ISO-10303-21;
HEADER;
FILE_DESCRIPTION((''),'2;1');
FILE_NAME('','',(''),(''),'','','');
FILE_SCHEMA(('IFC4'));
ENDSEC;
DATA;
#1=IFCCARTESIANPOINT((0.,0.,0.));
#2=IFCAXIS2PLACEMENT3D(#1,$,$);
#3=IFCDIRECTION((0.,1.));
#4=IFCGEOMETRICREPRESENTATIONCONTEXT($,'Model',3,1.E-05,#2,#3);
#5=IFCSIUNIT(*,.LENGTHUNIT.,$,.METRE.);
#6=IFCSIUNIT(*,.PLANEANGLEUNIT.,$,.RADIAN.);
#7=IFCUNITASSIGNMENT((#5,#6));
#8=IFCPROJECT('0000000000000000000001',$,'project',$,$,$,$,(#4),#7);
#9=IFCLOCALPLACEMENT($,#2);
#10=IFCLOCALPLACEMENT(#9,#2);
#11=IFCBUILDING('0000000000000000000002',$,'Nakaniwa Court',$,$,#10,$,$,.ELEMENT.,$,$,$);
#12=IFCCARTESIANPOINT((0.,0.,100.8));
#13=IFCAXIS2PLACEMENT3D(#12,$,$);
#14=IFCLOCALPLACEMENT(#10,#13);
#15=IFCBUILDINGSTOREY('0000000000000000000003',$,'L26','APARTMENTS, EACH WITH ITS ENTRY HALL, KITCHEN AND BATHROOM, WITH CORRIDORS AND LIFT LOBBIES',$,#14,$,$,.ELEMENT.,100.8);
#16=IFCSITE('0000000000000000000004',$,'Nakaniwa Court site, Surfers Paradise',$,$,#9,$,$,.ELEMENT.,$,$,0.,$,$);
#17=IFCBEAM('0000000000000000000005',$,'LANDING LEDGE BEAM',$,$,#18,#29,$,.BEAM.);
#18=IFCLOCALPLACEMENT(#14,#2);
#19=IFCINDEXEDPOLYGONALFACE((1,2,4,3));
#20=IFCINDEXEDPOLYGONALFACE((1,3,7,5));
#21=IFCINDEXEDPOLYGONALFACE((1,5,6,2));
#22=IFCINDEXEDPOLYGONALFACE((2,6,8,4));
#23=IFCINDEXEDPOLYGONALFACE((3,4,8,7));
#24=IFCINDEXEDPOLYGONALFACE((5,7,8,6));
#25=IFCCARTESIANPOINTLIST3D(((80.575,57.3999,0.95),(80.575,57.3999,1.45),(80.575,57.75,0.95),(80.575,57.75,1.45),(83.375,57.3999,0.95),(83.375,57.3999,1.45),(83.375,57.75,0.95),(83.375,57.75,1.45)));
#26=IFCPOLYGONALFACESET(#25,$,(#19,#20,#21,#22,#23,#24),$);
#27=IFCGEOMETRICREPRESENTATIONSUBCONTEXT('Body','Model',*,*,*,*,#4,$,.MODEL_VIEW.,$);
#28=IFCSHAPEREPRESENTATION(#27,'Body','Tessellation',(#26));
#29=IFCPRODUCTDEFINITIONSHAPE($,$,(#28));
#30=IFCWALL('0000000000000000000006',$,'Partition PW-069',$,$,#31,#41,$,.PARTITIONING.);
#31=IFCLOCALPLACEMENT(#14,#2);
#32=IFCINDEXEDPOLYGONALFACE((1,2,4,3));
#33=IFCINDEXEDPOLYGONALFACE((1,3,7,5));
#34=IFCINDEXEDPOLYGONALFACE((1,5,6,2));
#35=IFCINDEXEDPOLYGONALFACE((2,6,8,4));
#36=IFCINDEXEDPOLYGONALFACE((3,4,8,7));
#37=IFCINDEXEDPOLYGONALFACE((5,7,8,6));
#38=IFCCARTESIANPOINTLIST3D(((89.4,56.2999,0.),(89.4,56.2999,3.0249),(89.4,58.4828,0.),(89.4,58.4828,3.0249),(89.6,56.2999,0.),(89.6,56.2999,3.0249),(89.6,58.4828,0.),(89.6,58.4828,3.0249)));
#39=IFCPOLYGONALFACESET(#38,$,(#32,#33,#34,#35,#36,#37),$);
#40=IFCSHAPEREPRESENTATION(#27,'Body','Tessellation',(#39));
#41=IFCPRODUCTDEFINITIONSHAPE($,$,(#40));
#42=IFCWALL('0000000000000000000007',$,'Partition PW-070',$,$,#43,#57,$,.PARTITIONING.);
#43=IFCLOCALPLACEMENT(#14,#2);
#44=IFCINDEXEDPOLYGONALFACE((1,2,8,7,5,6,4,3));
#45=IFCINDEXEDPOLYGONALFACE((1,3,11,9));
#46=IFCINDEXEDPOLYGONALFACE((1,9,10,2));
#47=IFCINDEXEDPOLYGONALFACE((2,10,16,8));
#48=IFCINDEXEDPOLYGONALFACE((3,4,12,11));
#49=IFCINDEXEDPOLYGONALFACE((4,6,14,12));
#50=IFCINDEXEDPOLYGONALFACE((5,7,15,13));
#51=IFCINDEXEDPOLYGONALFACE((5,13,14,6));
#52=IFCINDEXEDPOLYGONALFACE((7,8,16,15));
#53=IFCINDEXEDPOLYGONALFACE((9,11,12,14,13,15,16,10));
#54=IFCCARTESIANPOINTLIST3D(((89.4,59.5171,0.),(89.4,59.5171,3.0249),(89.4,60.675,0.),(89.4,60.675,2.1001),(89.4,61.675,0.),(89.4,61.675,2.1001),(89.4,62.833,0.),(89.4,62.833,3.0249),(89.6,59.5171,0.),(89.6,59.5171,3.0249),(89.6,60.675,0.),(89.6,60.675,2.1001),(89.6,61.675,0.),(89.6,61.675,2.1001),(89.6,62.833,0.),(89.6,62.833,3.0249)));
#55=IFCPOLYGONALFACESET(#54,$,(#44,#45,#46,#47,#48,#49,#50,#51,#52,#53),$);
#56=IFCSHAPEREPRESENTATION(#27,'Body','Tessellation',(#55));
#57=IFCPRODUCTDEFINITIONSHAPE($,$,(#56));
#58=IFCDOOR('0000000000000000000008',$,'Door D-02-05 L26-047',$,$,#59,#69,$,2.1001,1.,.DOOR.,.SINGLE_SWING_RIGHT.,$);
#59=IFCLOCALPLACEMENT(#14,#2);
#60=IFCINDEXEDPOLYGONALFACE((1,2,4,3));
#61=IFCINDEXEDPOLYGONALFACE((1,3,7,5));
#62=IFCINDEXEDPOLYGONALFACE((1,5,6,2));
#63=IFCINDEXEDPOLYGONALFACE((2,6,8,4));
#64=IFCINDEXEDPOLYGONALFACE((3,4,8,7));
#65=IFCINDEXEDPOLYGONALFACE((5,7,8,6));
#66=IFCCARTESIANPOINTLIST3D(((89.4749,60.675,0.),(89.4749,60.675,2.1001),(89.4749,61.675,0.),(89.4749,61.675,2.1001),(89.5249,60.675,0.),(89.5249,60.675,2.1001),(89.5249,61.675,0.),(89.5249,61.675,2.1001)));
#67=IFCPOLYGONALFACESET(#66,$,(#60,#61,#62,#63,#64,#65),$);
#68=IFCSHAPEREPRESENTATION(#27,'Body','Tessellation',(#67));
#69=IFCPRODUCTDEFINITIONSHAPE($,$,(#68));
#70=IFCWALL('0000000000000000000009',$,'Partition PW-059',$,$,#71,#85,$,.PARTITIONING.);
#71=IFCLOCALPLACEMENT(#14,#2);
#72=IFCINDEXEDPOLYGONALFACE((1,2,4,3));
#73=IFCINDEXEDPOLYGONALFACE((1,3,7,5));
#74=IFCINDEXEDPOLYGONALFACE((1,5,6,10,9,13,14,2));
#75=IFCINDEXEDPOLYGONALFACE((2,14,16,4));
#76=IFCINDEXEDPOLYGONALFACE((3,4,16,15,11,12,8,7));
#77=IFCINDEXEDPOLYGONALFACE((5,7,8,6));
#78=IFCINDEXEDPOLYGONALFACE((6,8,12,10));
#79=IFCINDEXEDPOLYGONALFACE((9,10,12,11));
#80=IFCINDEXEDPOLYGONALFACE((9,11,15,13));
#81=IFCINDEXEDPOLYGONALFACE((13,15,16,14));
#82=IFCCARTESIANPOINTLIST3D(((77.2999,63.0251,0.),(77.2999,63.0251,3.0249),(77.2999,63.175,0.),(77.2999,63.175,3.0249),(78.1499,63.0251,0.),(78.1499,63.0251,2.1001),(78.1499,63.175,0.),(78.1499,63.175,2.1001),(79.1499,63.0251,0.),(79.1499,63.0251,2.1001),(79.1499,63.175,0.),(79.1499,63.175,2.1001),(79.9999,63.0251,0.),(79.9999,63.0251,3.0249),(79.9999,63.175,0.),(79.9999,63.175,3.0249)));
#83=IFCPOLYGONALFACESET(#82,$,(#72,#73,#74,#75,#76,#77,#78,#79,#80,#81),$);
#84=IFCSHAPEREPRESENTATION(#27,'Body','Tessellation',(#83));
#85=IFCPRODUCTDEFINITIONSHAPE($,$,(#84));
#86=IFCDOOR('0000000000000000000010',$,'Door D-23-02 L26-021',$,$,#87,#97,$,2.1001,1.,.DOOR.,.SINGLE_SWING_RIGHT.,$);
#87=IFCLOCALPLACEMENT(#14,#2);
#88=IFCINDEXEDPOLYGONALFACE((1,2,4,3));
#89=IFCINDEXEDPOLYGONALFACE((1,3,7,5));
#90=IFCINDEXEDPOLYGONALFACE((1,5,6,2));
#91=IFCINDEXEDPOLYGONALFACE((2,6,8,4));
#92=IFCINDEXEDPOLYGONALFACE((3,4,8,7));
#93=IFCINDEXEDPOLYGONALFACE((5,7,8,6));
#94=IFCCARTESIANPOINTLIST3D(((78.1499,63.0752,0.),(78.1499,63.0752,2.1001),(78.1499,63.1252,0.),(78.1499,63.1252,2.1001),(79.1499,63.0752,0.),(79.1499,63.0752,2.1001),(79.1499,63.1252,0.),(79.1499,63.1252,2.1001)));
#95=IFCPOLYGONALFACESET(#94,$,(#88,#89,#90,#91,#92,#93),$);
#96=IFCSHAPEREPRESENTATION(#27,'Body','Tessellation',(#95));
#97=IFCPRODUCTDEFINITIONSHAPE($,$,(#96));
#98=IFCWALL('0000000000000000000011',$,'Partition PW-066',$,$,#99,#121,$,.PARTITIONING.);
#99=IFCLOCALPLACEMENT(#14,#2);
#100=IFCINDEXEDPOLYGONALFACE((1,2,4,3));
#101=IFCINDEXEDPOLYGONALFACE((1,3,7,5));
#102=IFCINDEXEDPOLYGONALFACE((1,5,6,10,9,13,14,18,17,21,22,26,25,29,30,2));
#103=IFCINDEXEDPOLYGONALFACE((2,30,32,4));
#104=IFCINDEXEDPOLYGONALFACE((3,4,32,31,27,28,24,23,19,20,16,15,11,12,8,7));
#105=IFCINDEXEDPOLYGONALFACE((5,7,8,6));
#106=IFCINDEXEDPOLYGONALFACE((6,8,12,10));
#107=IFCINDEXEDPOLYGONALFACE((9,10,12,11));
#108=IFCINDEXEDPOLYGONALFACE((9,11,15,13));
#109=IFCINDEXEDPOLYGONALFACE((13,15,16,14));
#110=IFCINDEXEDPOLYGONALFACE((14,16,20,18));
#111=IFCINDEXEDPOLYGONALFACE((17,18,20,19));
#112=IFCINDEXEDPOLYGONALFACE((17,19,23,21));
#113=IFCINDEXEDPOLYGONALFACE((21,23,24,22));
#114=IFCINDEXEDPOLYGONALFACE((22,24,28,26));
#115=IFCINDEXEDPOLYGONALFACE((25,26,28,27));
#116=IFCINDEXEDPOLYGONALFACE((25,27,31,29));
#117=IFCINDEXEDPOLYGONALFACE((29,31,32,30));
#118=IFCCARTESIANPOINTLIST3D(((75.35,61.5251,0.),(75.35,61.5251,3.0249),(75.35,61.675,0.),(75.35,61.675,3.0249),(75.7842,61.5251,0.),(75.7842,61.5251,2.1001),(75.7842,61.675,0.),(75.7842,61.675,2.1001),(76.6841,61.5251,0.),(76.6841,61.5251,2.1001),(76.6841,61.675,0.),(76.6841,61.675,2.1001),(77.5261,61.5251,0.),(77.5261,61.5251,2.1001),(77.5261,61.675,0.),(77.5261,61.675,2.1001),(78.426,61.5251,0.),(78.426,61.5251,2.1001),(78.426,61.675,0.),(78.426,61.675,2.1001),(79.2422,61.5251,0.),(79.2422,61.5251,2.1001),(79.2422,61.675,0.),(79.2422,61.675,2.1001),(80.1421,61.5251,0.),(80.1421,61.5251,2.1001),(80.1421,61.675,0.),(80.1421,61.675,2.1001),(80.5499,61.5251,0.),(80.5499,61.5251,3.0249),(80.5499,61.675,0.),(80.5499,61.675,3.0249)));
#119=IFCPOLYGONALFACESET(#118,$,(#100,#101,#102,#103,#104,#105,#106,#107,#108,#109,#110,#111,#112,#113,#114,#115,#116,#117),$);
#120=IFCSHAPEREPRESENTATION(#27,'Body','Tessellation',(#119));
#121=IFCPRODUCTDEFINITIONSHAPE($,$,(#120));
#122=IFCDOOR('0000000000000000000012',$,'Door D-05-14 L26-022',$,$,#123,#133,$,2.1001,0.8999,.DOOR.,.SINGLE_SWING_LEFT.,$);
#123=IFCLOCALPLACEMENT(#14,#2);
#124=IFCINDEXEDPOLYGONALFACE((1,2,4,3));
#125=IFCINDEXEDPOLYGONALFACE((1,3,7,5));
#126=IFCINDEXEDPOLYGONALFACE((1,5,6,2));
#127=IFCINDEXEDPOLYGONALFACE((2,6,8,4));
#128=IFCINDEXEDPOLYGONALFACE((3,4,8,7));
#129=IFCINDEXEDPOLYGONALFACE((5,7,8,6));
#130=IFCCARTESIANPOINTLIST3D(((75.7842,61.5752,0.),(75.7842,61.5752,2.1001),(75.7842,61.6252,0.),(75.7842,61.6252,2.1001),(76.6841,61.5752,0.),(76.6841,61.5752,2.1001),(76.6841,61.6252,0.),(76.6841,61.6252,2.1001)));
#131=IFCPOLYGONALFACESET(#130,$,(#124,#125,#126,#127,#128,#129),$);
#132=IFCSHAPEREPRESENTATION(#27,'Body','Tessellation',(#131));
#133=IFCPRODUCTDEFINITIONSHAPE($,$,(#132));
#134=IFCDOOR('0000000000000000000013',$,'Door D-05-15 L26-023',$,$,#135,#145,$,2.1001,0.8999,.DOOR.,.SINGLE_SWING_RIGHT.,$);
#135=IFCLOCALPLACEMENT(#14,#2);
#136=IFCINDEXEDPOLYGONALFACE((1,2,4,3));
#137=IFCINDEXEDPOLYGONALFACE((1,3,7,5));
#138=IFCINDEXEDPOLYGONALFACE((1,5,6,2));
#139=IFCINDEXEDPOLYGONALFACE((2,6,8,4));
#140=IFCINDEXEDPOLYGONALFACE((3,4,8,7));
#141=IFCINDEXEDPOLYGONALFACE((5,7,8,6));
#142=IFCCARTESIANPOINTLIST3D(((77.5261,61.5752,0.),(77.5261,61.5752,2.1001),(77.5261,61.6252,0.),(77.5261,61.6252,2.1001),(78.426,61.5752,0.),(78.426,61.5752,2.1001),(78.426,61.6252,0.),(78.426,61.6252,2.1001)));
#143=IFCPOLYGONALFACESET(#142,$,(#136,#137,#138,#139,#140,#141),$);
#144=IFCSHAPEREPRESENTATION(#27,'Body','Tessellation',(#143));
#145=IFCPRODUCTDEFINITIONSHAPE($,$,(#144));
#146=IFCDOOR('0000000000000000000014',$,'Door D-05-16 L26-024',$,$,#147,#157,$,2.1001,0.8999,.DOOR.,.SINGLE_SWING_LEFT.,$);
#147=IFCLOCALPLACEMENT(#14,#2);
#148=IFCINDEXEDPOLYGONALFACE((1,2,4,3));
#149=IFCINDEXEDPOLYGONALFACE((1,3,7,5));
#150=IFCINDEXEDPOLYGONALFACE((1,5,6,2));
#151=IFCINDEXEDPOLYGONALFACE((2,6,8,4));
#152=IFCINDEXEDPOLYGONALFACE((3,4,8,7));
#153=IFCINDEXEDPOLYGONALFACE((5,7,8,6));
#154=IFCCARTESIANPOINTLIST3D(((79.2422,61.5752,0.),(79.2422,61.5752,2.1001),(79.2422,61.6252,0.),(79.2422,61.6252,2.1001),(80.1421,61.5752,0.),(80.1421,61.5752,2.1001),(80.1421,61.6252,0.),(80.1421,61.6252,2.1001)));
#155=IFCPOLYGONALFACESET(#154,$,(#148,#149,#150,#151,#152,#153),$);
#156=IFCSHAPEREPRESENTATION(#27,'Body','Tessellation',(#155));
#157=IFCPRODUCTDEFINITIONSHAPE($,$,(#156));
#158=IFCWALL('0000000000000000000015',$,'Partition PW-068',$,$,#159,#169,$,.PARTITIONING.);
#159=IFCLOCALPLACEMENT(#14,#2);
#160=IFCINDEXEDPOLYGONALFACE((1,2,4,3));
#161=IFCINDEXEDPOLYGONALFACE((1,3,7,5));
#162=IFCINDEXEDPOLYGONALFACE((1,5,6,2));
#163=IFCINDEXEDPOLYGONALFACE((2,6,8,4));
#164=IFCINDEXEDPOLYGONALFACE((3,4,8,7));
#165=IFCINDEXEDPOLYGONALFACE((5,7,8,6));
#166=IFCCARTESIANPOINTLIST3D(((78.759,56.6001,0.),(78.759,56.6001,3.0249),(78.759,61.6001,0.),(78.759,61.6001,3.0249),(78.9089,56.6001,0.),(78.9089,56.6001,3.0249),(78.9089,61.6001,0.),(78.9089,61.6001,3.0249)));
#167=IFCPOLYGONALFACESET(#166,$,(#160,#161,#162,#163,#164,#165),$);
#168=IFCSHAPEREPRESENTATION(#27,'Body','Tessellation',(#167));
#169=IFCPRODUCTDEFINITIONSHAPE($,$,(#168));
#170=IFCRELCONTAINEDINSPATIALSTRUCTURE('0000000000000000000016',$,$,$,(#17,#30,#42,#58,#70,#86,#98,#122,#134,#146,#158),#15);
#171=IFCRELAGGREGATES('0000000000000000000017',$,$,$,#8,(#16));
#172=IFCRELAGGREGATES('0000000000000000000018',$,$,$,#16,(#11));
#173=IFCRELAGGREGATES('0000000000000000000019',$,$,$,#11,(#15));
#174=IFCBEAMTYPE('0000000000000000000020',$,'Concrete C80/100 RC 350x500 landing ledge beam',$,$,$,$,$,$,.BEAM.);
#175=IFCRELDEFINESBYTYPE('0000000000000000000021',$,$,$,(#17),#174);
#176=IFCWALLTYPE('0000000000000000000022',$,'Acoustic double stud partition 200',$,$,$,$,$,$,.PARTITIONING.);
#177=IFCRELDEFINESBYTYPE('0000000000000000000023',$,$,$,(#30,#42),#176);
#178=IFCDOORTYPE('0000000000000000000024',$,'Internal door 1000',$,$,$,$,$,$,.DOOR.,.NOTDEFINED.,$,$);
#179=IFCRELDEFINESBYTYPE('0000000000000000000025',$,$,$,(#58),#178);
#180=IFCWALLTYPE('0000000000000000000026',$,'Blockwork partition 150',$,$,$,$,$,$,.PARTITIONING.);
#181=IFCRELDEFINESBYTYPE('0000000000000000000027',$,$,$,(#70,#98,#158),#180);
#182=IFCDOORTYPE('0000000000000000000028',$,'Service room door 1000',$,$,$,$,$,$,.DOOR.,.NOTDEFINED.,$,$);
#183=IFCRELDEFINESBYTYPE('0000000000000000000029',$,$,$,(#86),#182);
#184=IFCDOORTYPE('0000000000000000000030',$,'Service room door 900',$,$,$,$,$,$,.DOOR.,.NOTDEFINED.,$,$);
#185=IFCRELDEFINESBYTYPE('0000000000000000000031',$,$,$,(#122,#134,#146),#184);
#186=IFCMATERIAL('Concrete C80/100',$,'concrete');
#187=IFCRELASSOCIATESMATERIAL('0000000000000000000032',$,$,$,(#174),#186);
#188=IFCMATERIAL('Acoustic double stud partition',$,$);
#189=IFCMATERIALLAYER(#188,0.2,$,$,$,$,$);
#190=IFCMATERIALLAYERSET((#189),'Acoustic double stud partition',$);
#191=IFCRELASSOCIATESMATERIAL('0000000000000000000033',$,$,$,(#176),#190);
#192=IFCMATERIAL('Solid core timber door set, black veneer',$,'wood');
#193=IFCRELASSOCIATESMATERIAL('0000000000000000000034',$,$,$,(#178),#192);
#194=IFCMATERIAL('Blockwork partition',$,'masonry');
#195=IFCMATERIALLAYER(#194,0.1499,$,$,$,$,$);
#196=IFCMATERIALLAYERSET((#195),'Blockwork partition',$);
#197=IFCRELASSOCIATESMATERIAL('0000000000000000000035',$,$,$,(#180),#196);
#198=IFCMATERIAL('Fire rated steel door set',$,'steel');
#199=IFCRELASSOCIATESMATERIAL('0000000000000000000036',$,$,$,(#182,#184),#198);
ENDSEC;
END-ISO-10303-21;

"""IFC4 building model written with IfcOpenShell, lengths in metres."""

from ifc_helpers import new_model, si_unit, direction, frame, frame_2d, origin, origin_2d, place, context, subcontext, project, spatial, rectangle, extrude, material, layer, layer_set, material_profile, profile_set, type_object, element, fill, save


model = new_model("IFC4")

# Units and contexts
model_context = context("Model", 3, precision=1e-05, world=origin(), true_north=direction((0.0, 1.0)))
body_context = subcontext(model_context, "Body", "Model", "MODEL_VIEW")
ifc_project = project(units=[si_unit("LENGTHUNIT", "METRE"), si_unit("PLANEANGLEUNIT", "RADIAN")], contexts=[model_context])

# Site, building, storey
site_placement = place(None, origin())
site = spatial("IfcSite", under=ifc_project, at=site_placement, Name="Nakaniwa Court site, Surfers Paradise", CompositionType="ELEMENT", RefElevation=0.0)
building_placement = place(site_placement, origin())
building = spatial("IfcBuilding", under=site, at=building_placement, Name="Nakaniwa Court", CompositionType="ELEMENT")
storey_placement = place(building_placement, frame((0.0, 0.0, 100.8)))
storey = spatial("IfcBuildingStorey", under=building, at=storey_placement, Name="L26", Description="APARTMENTS, EACH WITH ITS ENTRY HALL, KITCHEN AND BATHROOM, WITH CORRIDORS AND LIFT LOBBIES", CompositionType="ELEMENT", Elevation=100.8)

# Beam
ifc_material_1 = material(Name="Concrete C80/100", Category="concrete")
ifc_material_profile = material_profile(ifc_material_1, rectangle(XDim=0.3501, YDim=0.5, at=origin_2d()), Name="Concrete C80/100 RC 350x500 landing ledge beam")
ifc_profile_set = profile_set([ifc_material_profile], Name="Concrete C80/100")
beam_type = type_object("IfcBeamType", Name="Concrete C80/100 RC 350x500 landing ledge beam", PredefinedType="BEAM", material=ifc_profile_set)
beam_placement = place(storey_placement, frame((80.575, 57.575, 1.2), z_axis=(1.0, 0.0, 0.0), x_axis=(0.0, 1.0, 0.0)))
element("IfcBeam", 1, at=beam_placement, inside=storey, type_object=beam_type, Name="LANDING LEDGE BEAM", PredefinedType="BEAM", context=body_context, shape_type="SweptSolid", body=[
    extrude(rectangle(XDim=0.3501, YDim=0.5, at=origin_2d()), origin(), (0.0, 0.0, 1.0), 2.8),
])

# Wall
ifc_material_2 = material(Name="Acoustic double stud partition")
ifc_layer_1 = layer(ifc_material_2, 0.2)
ifc_layer_set_1 = layer_set([ifc_layer_1], Name="Acoustic double stud partition")
wall_type_1 = type_object("IfcWallType", Name="Acoustic double stud partition 200", PredefinedType="PARTITIONING", material=ifc_layer_set_1)
wall_1_placement = place(storey_placement, frame((89.5, 56.3, 0.0), z_axis=(0.0, 0.0, 1.0), x_axis=(0.0, 1.0, 0.0)))
element("IfcWall", 2, at=wall_1_placement, inside=storey, type_object=wall_type_1, Name="Partition PW-069", PredefinedType="PARTITIONING", context=body_context, shape_type="SweptSolid", body=[
    extrude(rectangle(XDim=2.1829, YDim=0.2, at=frame_2d((1.0913, 0.0))), origin(), (0.0, 0.0, 1.0), 3.0249),
])

# Walls, openings, doors
wall_2_placement = place(storey_placement, frame((89.5, 62.833, 0.0), z_axis=(0.0, 0.0, 1.0), x_axis=(0.0, -1.0, 0.0)))
wall_2 = element("IfcWall", 3, at=wall_2_placement, inside=storey, type_object=wall_type_1, Name="Partition PW-070", PredefinedType="PARTITIONING", context=body_context, shape_type="SweptSolid", body=[
    extrude(rectangle(XDim=3.3159, YDim=0.2, at=frame_2d((1.658, 0.0))), origin(), (0.0, 0.0, 1.0), 3.0249),
])
opening_1_placement = place(wall_2_placement, frame((1.158, 0.0, 0.0)))
opening_1 = element("IfcOpeningElement", 4, at=opening_1_placement, cuts=wall_2, PredefinedType="OPENING", context=body_context, shape_type="SweptSolid", body=[
    extrude(rectangle(XDim=1.0, YDim=2.1001, at=frame_2d((0.5, 1.05))), frame((0.0, 0.1099, 0.0), z_axis=(0.0, -1.0, 0.0), x_axis=(1.0, 0.0, 0.0)), (0.0, 0.0, 1.0), 0.22),
])
ifc_material_3 = material(Name="Solid core timber door set, black veneer", Category="wood")
door_type_1 = type_object("IfcDoorType", Name="Internal door 1000", OperationType="NOTDEFINED", PredefinedType="DOOR", material=ifc_material_3)
door_1_placement = place(opening_1_placement, origin())
door_1 = element("IfcDoor", 5, at=door_1_placement, inside=storey, type_object=door_type_1, Name="Door D-02-05 L26-047", OperationType="SINGLE_SWING_RIGHT", OverallHeight=2.1001, OverallWidth=1.0, PredefinedType="DOOR", context=body_context, shape_type="SweptSolid", body=[
    extrude(rectangle(XDim=1.0, YDim=2.1001, at=frame_2d((0.5, 1.05))), frame((0.0, 0.0249, 0.0), z_axis=(0.0, -1.0, 0.0), x_axis=(1.0, 0.0, 0.0)), (0.0, 0.0, 1.0), 0.05),
])
fill(opening_1, door_1)
ifc_material_4 = material(Name="Blockwork partition", Category="masonry")
ifc_layer_2 = layer(ifc_material_4, 0.1499)
ifc_layer_set_2 = layer_set([ifc_layer_2], Name="Blockwork partition")
wall_type_2 = type_object("IfcWallType", Name="Blockwork partition 150", PredefinedType="PARTITIONING", material=ifc_layer_set_2)
wall_3_placement = place(storey_placement, frame((80.0, 63.1001, 0.0), z_axis=(0.0, 0.0, 1.0), x_axis=(-1.0, 0.0, 0.0)))
wall_3 = element("IfcWall", 6, at=wall_3_placement, inside=storey, type_object=wall_type_2, Name="Partition PW-059", PredefinedType="PARTITIONING", context=body_context, shape_type="SweptSolid", body=[
    extrude(rectangle(XDim=2.7, YDim=0.1499, at=frame_2d((1.3501, 0.0))), origin(), (0.0, 0.0, 1.0), 3.0249),
])
opening_2_placement = place(wall_3_placement, frame((0.8501, 0.0, 0.0)))
opening_2 = element("IfcOpeningElement", 7, at=opening_2_placement, cuts=wall_3, PredefinedType="OPENING", context=body_context, shape_type="SweptSolid", body=[
    extrude(rectangle(XDim=1.0, YDim=2.1001, at=frame_2d((0.5, 1.05))), frame((0.0, 0.085, 0.0), z_axis=(0.0, -1.0, 0.0), x_axis=(1.0, 0.0, 0.0)), (0.0, 0.0, 1.0), 0.1699),
])
ifc_material_5 = material(Name="Fire rated steel door set", Category="steel")
door_type_2 = type_object("IfcDoorType", Name="Service room door 1000", OperationType="NOTDEFINED", PredefinedType="DOOR", material=ifc_material_5)
door_2_placement = place(opening_2_placement, origin())
door_2 = element("IfcDoor", 8, at=door_2_placement, inside=storey, type_object=door_type_2, Name="Door D-23-02 L26-021", OperationType="SINGLE_SWING_RIGHT", OverallHeight=2.1001, OverallWidth=1.0, PredefinedType="DOOR", context=body_context, shape_type="SweptSolid", body=[
    extrude(rectangle(XDim=1.0, YDim=2.1001, at=frame_2d((0.5, 1.05))), frame((0.0, 0.0249, 0.0), z_axis=(0.0, -1.0, 0.0), x_axis=(1.0, 0.0, 0.0)), (0.0, 0.0, 1.0), 0.05),
])
fill(opening_2, door_2)

# Wall, openings, doors
wall_4_placement = place(storey_placement, frame((80.55, 61.6001, 0.0), z_axis=(0.0, 0.0, 1.0), x_axis=(-1.0, 0.0, 0.0)))
wall_4 = element("IfcWall", 9, at=wall_4_placement, inside=storey, type_object=wall_type_2, Name="Partition PW-066", PredefinedType="PARTITIONING", context=body_context, shape_type="SweptSolid", body=[
    extrude(rectangle(XDim=5.2, YDim=0.1499, at=frame_2d((2.6001, 0.0))), origin(), (0.0, 0.0, 1.0), 3.0249),
])
opening_3_placement = place(wall_4_placement, frame((3.866, 0.0, 0.0)))
opening_3 = element("IfcOpeningElement", 10, at=opening_3_placement, cuts=wall_4, PredefinedType="OPENING", context=body_context, shape_type="SweptSolid", body=[
    extrude(rectangle(XDim=0.8999, YDim=2.1001, at=frame_2d((0.45, 1.05))), frame((0.0, 0.085, 0.0), z_axis=(0.0, -1.0, 0.0), x_axis=(1.0, 0.0, 0.0)), (0.0, 0.0, 1.0), 0.1699),
])
opening_4_placement = place(wall_4_placement, frame((2.124, 0.0, 0.0)))
opening_4 = element("IfcOpeningElement", 11, at=opening_4_placement, cuts=wall_4, PredefinedType="OPENING", context=body_context, shape_type="SweptSolid", body=[
    extrude(rectangle(XDim=0.8999, YDim=2.1001, at=frame_2d((0.45, 1.05))), frame((0.0, 0.085, 0.0), z_axis=(0.0, -1.0, 0.0), x_axis=(1.0, 0.0, 0.0)), (0.0, 0.0, 1.0), 0.1699),
])
opening_5_placement = place(wall_4_placement, frame((0.408, 0.0, 0.0)))
opening_5 = element("IfcOpeningElement", 12, at=opening_5_placement, cuts=wall_4, PredefinedType="OPENING", context=body_context, shape_type="SweptSolid", body=[
    extrude(rectangle(XDim=0.8999, YDim=2.1001, at=frame_2d((0.45, 1.05))), frame((0.0, 0.085, 0.0), z_axis=(0.0, -1.0, 0.0), x_axis=(1.0, 0.0, 0.0)), (0.0, 0.0, 1.0), 0.1699),
])
door_type_3 = type_object("IfcDoorType", Name="Service room door 900", OperationType="NOTDEFINED", PredefinedType="DOOR", material=ifc_material_5)
door_3_placement = place(opening_3_placement, origin())
door_3 = element("IfcDoor", 13, at=door_3_placement, inside=storey, type_object=door_type_3, Name="Door D-05-14 L26-022", OperationType="SINGLE_SWING_LEFT", OverallHeight=2.1001, OverallWidth=0.8999, PredefinedType="DOOR", context=body_context, shape_type="SweptSolid", body=[
    extrude(rectangle(XDim=0.8999, YDim=2.1001, at=frame_2d((0.45, 1.05))), frame((0.0, 0.0249, 0.0), z_axis=(0.0, -1.0, 0.0), x_axis=(1.0, 0.0, 0.0)), (0.0, 0.0, 1.0), 0.05),
])
fill(opening_3, door_3)
door_4_placement = place(opening_4_placement, origin())
door_4 = element("IfcDoor", 14, at=door_4_placement, inside=storey, type_object=door_type_3, Name="Door D-05-15 L26-023", OperationType="SINGLE_SWING_RIGHT", OverallHeight=2.1001, OverallWidth=0.8999, PredefinedType="DOOR", context=body_context, shape_type="SweptSolid", body=[
    extrude(rectangle(XDim=0.8999, YDim=2.1001, at=frame_2d((0.45, 1.05))), frame((0.0, 0.0249, 0.0), z_axis=(0.0, -1.0, 0.0), x_axis=(1.0, 0.0, 0.0)), (0.0, 0.0, 1.0), 0.05),
])
fill(opening_4, door_4)
door_5_placement = place(opening_5_placement, origin())
door_5 = element("IfcDoor", 15, at=door_5_placement, inside=storey, type_object=door_type_3, Name="Door D-05-16 L26-024", OperationType="SINGLE_SWING_LEFT", OverallHeight=2.1001, OverallWidth=0.8999, PredefinedType="DOOR", context=body_context, shape_type="SweptSolid", body=[
    extrude(rectangle(XDim=0.8999, YDim=2.1001, at=frame_2d((0.45, 1.05))), frame((0.0, 0.0249, 0.0), z_axis=(0.0, -1.0, 0.0), x_axis=(1.0, 0.0, 0.0)), (0.0, 0.0, 1.0), 0.05),
])
fill(opening_5, door_5)

# Wall
wall_5_placement = place(storey_placement, frame((78.834, 56.6001, 0.0), z_axis=(0.0, 0.0, 1.0), x_axis=(0.0, 1.0, 0.0)))
element("IfcWall", 16, at=wall_5_placement, inside=storey, type_object=wall_type_2, Name="Partition PW-068", PredefinedType="PARTITIONING", context=body_context, shape_type="SweptSolid", body=[
    extrude(rectangle(XDim=5.0, YDim=0.1499, at=frame_2d((2.5, 0.0))), origin(), (0.0, 0.0, 1.0), 3.0249),
])

save(model, "model.ifc")
